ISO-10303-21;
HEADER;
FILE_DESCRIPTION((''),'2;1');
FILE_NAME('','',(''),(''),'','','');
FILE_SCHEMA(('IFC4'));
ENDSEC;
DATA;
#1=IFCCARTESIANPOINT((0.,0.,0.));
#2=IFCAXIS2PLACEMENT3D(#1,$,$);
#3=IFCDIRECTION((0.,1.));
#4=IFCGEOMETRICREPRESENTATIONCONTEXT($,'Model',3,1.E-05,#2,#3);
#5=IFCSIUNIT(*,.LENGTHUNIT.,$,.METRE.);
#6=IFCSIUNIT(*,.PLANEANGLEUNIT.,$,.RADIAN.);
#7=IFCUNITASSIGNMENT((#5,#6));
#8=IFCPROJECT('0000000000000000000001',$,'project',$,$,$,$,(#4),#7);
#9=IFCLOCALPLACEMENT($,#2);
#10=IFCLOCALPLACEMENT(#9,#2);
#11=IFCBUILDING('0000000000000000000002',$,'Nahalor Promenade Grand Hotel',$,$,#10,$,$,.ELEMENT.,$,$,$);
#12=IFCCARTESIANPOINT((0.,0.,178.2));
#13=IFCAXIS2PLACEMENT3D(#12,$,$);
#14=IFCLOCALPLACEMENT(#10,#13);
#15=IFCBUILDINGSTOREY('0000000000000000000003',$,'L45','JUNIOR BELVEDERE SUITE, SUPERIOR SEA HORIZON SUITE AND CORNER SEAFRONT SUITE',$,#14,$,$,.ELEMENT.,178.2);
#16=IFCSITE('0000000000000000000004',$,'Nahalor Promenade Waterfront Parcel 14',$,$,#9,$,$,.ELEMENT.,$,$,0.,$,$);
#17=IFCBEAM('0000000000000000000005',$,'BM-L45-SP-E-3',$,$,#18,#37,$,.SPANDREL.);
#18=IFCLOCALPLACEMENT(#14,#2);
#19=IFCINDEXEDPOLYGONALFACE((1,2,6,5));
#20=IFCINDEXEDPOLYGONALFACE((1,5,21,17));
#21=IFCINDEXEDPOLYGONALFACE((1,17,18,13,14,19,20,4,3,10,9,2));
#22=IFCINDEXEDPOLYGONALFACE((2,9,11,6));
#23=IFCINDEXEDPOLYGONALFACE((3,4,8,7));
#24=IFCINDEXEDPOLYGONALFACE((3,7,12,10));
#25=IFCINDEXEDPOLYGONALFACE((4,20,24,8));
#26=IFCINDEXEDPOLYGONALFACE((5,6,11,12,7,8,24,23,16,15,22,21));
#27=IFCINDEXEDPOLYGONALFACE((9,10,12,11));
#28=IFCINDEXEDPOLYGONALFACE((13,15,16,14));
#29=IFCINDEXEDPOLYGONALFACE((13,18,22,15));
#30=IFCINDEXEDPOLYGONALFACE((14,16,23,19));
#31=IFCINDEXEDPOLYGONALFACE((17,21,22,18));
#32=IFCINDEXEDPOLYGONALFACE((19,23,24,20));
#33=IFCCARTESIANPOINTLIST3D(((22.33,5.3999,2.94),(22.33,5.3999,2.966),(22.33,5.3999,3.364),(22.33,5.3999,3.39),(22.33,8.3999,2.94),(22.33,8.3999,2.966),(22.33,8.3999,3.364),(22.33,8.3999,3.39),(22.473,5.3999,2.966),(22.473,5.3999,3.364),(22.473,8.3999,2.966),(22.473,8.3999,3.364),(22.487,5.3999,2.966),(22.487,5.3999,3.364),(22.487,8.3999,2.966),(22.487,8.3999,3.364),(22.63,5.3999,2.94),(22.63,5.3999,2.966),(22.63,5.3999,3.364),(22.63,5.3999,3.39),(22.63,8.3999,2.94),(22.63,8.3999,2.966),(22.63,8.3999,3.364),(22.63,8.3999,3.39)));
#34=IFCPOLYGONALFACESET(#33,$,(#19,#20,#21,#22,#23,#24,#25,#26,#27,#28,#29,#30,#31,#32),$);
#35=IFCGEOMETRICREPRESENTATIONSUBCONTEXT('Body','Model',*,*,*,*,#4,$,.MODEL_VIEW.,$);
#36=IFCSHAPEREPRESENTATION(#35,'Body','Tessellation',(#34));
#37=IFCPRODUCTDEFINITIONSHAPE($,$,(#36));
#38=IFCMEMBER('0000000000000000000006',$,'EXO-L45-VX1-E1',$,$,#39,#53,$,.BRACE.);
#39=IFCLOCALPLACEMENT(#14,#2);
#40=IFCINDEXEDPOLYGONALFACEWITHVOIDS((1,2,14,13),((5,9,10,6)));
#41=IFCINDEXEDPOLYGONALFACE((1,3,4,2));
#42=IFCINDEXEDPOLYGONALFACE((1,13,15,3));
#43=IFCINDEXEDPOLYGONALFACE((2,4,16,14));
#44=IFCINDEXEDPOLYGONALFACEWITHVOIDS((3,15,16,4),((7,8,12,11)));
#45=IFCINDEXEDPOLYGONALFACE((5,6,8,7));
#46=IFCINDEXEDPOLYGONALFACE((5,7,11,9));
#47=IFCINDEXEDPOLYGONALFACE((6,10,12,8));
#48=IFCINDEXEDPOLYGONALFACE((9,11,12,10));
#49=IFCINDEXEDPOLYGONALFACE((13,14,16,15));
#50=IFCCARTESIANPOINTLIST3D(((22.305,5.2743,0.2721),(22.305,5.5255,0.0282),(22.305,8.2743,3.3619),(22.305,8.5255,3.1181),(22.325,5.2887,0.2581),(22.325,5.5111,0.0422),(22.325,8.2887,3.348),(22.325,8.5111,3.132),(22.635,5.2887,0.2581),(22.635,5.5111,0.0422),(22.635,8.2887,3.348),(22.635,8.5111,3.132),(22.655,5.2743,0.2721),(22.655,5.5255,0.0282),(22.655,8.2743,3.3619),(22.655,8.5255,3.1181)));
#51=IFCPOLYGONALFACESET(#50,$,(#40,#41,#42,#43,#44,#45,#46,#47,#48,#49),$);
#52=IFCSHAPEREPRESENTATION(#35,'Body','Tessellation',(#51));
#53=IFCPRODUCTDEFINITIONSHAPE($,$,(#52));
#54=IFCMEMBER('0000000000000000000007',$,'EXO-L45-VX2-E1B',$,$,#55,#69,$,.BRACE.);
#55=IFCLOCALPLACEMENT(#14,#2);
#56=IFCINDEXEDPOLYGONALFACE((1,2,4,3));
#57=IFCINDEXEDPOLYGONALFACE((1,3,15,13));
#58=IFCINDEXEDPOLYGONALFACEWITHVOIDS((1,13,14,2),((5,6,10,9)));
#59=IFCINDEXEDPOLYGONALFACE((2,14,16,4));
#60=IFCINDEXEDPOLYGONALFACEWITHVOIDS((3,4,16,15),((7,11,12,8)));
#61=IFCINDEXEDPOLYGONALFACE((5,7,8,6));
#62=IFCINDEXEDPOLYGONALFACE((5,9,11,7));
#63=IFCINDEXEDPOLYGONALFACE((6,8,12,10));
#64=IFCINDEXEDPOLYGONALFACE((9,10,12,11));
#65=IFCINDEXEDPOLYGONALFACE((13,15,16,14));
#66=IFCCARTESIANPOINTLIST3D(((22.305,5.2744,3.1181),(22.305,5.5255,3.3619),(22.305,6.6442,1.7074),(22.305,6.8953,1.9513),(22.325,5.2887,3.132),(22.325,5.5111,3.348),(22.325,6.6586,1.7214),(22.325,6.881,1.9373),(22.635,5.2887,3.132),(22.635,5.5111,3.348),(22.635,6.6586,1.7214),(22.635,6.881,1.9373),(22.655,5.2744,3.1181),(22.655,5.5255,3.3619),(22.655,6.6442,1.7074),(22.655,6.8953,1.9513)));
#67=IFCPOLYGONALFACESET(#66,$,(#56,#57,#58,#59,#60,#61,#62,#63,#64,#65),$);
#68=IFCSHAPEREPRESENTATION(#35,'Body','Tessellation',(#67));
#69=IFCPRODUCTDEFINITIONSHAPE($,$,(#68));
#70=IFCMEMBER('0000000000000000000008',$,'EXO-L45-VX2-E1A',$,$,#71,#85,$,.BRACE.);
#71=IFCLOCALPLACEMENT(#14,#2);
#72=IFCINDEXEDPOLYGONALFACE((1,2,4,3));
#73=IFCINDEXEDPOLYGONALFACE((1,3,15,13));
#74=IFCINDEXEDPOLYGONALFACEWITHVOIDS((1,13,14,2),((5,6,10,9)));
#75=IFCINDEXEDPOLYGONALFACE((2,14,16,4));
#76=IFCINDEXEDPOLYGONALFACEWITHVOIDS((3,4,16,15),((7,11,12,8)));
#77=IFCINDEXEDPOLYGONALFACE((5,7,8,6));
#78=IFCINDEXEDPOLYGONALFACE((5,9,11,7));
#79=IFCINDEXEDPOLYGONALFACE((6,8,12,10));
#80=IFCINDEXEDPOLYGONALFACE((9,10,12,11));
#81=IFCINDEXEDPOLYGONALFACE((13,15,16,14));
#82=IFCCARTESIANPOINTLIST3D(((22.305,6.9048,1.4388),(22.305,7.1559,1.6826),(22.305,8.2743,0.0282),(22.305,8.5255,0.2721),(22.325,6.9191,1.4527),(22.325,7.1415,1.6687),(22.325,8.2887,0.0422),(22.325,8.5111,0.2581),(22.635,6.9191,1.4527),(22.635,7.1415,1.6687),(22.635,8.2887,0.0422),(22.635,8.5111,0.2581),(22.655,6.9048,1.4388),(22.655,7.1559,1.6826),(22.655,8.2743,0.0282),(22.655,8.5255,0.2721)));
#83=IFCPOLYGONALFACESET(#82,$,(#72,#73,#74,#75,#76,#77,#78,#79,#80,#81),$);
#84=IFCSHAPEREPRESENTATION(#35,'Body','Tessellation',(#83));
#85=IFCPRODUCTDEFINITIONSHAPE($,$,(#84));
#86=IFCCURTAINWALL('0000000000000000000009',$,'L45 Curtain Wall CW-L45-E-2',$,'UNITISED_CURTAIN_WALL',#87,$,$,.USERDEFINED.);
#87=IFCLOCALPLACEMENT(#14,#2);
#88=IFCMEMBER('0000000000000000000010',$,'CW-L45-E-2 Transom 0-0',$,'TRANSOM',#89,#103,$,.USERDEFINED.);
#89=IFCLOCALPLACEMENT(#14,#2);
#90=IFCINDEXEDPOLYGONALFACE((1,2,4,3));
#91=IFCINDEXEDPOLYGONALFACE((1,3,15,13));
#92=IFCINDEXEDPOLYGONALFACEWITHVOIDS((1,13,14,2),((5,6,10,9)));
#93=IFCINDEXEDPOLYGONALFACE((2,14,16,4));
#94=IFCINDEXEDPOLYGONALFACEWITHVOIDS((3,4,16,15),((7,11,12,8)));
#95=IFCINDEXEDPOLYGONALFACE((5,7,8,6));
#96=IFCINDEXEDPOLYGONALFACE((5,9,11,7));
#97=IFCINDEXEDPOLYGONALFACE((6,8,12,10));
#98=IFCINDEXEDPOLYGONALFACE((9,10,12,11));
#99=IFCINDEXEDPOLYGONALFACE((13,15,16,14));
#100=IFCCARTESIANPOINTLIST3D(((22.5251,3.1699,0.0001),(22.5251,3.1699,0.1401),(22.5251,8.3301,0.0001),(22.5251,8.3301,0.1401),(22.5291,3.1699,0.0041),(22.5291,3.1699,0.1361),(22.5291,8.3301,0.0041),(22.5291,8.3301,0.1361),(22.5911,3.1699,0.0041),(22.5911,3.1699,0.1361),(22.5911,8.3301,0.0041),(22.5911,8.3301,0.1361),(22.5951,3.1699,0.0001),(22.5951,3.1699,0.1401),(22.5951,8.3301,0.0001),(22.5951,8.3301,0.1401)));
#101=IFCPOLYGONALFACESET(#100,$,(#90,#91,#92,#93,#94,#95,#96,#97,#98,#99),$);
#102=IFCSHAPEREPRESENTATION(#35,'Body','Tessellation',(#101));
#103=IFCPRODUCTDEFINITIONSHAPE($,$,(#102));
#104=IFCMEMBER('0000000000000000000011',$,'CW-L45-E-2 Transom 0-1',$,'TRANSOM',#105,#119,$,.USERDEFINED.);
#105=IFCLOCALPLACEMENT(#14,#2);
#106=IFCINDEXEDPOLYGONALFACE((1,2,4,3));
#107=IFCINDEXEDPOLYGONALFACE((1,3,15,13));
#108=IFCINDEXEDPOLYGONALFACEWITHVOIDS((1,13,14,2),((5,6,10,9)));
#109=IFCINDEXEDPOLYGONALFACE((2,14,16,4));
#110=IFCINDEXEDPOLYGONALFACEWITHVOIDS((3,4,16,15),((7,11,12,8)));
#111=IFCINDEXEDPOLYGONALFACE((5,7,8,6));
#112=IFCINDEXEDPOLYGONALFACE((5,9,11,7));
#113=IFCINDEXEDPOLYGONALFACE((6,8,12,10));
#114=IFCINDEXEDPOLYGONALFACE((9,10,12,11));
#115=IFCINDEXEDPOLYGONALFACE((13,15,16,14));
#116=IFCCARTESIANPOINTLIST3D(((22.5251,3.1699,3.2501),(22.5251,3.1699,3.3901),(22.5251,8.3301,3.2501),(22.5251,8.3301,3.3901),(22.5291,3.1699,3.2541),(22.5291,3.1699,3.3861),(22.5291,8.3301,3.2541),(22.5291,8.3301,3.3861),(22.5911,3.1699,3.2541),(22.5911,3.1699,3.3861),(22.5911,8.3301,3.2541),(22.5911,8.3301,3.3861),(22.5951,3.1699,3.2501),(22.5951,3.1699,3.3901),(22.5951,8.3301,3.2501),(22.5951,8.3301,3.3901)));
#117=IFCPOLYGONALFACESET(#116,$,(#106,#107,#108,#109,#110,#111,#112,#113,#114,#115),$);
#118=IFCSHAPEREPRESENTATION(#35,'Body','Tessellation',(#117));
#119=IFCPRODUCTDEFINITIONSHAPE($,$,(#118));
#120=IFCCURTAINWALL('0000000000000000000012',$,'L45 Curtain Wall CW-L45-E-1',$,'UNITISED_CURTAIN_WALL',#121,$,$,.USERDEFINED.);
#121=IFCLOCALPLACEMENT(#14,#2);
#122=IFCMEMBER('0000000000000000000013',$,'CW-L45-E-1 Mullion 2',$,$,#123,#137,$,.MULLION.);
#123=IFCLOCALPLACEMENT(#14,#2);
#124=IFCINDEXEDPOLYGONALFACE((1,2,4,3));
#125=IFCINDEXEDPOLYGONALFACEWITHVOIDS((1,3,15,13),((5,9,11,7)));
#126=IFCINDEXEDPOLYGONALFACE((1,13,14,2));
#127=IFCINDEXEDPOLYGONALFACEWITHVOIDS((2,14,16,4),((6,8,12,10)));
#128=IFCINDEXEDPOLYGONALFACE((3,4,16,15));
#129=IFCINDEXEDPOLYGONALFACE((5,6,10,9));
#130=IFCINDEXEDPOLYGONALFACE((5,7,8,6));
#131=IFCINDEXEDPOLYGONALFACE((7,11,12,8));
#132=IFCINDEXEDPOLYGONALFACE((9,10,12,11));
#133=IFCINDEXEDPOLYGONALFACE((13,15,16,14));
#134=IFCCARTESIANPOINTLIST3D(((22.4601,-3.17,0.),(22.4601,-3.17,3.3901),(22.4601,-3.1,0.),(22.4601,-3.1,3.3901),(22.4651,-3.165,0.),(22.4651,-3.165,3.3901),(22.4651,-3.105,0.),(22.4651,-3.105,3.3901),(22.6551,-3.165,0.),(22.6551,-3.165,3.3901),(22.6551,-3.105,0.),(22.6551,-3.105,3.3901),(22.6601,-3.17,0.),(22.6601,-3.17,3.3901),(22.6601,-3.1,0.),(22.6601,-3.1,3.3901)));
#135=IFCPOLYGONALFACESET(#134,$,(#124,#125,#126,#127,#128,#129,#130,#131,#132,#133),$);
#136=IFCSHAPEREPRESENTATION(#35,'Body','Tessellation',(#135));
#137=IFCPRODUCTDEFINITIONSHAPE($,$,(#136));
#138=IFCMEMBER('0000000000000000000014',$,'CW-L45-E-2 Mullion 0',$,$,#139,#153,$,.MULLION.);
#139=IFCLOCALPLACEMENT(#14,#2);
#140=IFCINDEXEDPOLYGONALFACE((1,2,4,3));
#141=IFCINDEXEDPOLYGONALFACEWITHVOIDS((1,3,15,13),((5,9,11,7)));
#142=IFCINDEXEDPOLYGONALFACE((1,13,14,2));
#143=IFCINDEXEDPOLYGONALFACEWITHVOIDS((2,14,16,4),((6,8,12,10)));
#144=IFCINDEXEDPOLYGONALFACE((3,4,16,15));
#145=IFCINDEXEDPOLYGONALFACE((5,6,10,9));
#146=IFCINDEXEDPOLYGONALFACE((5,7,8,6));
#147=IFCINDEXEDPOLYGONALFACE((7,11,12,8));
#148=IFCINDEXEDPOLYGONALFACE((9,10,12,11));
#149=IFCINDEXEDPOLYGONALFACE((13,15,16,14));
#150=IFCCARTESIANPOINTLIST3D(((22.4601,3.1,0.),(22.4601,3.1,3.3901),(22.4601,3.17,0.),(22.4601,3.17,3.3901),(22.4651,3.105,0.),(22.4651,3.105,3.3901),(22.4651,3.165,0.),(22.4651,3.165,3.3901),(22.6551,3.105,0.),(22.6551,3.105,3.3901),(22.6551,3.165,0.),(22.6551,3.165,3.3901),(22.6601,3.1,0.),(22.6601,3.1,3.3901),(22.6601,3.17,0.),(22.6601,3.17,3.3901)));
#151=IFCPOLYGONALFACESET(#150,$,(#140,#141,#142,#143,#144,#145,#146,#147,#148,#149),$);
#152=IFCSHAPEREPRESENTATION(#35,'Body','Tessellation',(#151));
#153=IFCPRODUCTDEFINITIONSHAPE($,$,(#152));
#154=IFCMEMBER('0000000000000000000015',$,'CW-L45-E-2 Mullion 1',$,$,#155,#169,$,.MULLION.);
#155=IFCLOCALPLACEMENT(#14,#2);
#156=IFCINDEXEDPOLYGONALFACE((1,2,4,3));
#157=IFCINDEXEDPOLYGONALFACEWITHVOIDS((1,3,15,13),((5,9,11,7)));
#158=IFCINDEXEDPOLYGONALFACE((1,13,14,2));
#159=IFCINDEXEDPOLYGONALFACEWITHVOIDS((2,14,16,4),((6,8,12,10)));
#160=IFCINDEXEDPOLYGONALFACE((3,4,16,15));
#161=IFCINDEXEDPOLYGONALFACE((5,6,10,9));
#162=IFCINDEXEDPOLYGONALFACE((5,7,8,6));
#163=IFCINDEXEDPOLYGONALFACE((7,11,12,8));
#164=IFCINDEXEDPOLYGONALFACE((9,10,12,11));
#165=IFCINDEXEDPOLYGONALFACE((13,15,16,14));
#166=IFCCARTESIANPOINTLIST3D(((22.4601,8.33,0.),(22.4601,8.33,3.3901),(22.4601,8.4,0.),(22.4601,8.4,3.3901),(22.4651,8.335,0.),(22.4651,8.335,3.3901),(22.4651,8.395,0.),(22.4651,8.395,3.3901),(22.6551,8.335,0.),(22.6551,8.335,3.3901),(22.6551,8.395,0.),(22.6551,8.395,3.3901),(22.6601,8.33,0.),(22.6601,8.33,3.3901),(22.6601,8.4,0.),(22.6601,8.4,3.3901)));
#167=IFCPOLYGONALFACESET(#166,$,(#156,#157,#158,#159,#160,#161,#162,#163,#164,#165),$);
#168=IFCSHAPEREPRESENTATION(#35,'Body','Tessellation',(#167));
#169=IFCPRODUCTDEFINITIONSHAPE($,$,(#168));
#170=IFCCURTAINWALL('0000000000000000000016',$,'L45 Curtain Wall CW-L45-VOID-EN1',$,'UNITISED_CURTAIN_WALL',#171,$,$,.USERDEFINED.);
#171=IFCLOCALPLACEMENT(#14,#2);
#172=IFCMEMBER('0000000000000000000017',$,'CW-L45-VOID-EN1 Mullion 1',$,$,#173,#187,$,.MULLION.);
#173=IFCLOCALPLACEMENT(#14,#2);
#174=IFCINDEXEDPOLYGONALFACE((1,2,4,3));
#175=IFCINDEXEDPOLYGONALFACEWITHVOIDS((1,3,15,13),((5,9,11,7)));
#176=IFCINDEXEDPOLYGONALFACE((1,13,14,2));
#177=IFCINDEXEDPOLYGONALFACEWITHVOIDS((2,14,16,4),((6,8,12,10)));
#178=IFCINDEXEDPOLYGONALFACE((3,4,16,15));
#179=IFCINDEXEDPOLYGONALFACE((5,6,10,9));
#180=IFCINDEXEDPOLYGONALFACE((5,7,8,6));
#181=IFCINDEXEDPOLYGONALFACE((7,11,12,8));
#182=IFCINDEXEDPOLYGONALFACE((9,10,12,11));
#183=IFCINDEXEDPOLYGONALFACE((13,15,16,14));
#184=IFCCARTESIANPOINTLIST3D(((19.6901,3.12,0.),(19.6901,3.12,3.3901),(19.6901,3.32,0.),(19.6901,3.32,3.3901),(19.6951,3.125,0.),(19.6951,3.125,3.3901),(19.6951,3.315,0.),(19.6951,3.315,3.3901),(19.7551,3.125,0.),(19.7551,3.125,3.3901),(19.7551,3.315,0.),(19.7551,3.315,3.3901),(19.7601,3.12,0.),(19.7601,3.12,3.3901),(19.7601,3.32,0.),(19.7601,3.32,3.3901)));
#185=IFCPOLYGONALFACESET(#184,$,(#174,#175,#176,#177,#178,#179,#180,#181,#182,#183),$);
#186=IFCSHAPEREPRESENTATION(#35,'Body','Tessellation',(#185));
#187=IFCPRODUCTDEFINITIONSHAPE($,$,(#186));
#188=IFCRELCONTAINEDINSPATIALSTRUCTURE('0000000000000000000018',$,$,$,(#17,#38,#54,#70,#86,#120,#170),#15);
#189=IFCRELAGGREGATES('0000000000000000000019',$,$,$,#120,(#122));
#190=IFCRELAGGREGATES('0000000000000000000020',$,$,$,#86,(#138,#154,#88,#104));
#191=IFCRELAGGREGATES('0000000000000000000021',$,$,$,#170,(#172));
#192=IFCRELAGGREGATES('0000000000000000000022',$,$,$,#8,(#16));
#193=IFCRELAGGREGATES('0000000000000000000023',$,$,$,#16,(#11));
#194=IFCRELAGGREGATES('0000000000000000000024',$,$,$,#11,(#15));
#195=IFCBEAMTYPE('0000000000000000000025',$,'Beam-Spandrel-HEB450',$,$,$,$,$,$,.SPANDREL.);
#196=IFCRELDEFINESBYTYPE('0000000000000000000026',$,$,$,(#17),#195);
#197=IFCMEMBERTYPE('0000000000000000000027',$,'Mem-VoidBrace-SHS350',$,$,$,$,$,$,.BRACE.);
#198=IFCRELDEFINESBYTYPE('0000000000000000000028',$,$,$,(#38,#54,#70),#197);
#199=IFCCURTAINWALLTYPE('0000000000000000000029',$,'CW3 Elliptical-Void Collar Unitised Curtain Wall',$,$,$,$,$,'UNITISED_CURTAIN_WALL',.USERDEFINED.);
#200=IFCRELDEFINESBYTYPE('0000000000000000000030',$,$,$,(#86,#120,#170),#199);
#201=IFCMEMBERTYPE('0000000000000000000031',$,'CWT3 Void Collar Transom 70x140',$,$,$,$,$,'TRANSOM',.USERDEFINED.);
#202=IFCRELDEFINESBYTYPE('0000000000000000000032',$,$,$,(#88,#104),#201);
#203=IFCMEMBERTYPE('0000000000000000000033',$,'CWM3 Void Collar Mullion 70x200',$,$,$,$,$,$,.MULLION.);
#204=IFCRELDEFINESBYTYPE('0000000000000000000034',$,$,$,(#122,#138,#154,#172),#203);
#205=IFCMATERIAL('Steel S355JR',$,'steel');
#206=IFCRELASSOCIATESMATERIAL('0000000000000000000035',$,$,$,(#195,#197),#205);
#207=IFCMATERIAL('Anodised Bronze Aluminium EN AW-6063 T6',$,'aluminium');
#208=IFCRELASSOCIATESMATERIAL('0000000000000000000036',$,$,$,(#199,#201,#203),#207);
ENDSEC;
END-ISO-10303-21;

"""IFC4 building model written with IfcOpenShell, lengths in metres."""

from ifc_helpers import new_model, si_unit, direction, frame, origin, origin_2d, place, context, subcontext, project, spatial, hollow_rectangle, i_section, extrude, source, transform, mapped, material, material_profile, profile_set, type_object, element, aggregate, save


model = new_model("IFC4")

# Units and contexts
model_context = context("Model", 3, precision=1e-05, world=origin(), true_north=direction((0.0, 1.0)))
body_context = subcontext(model_context, "Body", "Model", "MODEL_VIEW")
ifc_project = project(units=[si_unit("LENGTHUNIT", "METRE"), si_unit("PLANEANGLEUNIT", "RADIAN")], contexts=[model_context])

# Site, building, storey
site_placement = place(None, origin())
site = spatial("IfcSite", under=ifc_project, at=site_placement, Name="Nahalor Promenade Waterfront Parcel 14", CompositionType="ELEMENT", RefElevation=0.0)
building_placement = place(site_placement, origin())
building = spatial("IfcBuilding", under=site, at=building_placement, Name="Nahalor Promenade Grand Hotel", CompositionType="ELEMENT")
storey_placement = place(building_placement, frame((0.0, 0.0, 178.2)))
storey = spatial("IfcBuildingStorey", under=building, at=storey_placement, Name="L45", Description="JUNIOR BELVEDERE SUITE, SUPERIOR SEA HORIZON SUITE AND CORNER SEAFRONT SUITE", CompositionType="ELEMENT", Elevation=178.2)

# Beam
ifc_material_1 = material(Name="Steel S355JR", Category="steel")
ifc_material_profile_1 = material_profile(ifc_material_1, i_section(OverallWidth=0.3, OverallDepth=0.45, WebThickness=0.014, FlangeThickness=0.026, at=origin_2d()), Name="HEB 450")
ifc_profile_set_1 = profile_set([ifc_material_profile_1], Name="Steel S355JR")
beam_type_1 = type_object("IfcBeamType", Name="Beam-Spandrel-HEB450", PredefinedType="SPANDREL", material=ifc_profile_set_1)
shared_shape_1 = source(origin(), body_context, "Body", "SweptSolid", [
    extrude(i_section(OverallWidth=0.3, OverallDepth=0.45, WebThickness=0.014, FlangeThickness=0.026, at=origin_2d()), origin(), (0.0, 0.0, 1.0), 3.0),
])
beam_1_placement = place(storey_placement, frame((22.48, 5.3999, 3.165), z_axis=(0.0, 1.0, 0.0), x_axis=(-1.0, 0.0, 0.0)))
element("IfcBeam", 1, at=beam_1_placement, inside=storey, type_object=beam_type_1, Name="BM-L45-SP-E-3", PredefinedType="SPANDREL", context=body_context, shape_type="MappedRepresentation", body=[
    mapped(shared_shape_1, transform((0.0, 0.0, 0.0), scale=1.0)),
])

# Members
ifc_material_profile_2 = material_profile(ifc_material_1, hollow_rectangle(XDim=0.35, YDim=0.35, WallThickness=0.02, at=origin_2d()), Name="SHS 350x350x20")
ifc_profile_set_2 = profile_set([ifc_material_profile_2], Name="Steel S355JR")
member_type_1 = type_object("IfcMemberType", Name="Mem-VoidBrace-SHS350", PredefinedType="BRACE", material=ifc_profile_set_2)
shared_shape_2 = source(origin(), body_context, "Body", "SweptSolid", [
    extrude(hollow_rectangle(XDim=0.35, YDim=0.35, WallThickness=0.02, at=origin_2d()), origin(), (0.0, 0.0, 1.0), 4.3066),
])
member_1_placement = place(storey_placement, frame((22.48, 5.3999, 0.1501), z_axis=(0.0, 0.696599, 0.717461), x_axis=(-1.0, 0.0, 0.0)))
element("IfcMember", 2, at=member_1_placement, inside=storey, type_object=member_type_1, Name="EXO-L45-VX1-E1", PredefinedType="BRACE", context=body_context, shape_type="MappedRepresentation", body=[
    mapped(shared_shape_2, transform((0.0, 0.0, 0.0), scale=1.0)),
])
shared_shape_3 = source(origin(), body_context, "Body", "SweptSolid", [
    extrude(hollow_rectangle(XDim=0.35, YDim=0.35, WallThickness=0.02, at=origin_2d()), origin(), (0.0, 0.0, 1.0), 1.9663),
])
member_2_placement = place(storey_placement, frame((22.48, 6.7698, 1.8293), z_axis=(0.0, -0.696663, 0.717398), x_axis=(1.0, 0.0, 0.0)))
element("IfcMember", 3, at=member_2_placement, inside=storey, type_object=member_type_1, Name="EXO-L45-VX2-E1B", PredefinedType="BRACE", context=body_context, shape_type="MappedRepresentation", body=[
    mapped(shared_shape_3, transform((0.0, 0.0, 0.0), scale=1.0)),
])
shared_shape_4 = source(origin(), body_context, "Body", "SweptSolid", [
    extrude(hollow_rectangle(XDim=0.35, YDim=0.35, WallThickness=0.02, at=origin_2d()), origin(), (0.0, 0.0, 1.0), 1.9661),
])
member_3_placement = place(storey_placement, frame((22.48, 8.3999, 0.1501), z_axis=(0.0, -0.696599, 0.71746), x_axis=(1.0, 0.0, 0.0)))
element("IfcMember", 4, at=member_3_placement, inside=storey, type_object=member_type_1, Name="EXO-L45-VX2-E1A", PredefinedType="BRACE", context=body_context, shape_type="MappedRepresentation", body=[
    mapped(shared_shape_4, transform((0.0, 0.0, 0.0), scale=1.0)),
])

# Curtain wall, members
ifc_material_2 = material(Name="Anodised Bronze Aluminium EN AW-6063 T6", Category="aluminium")
curtain_wall_type = type_object("IfcCurtainWallType", Name="CW3 Elliptical-Void Collar Unitised Curtain Wall", ElementType="UNITISED_CURTAIN_WALL", PredefinedType="USERDEFINED", material=ifc_material_2)
curtain_wall_1_placement = place(storey_placement, origin())
curtain_wall_1 = element("IfcCurtainWall", 5, at=curtain_wall_1_placement, inside=storey, type_object=curtain_wall_type, Name="L45 Curtain Wall CW-L45-E-2", ObjectType="UNITISED_CURTAIN_WALL", PredefinedType="USERDEFINED")
ifc_material_profile_3 = material_profile(ifc_material_2, hollow_rectangle(XDim=0.07, YDim=0.14, WallThickness=0.004, at=origin_2d()), Name="CWT 70x140x4")
ifc_profile_set_3 = profile_set([ifc_material_profile_3], Name="Anodised Bronze Aluminium EN AW-6063 T6")
member_type_2 = type_object("IfcMemberType", Name="CWT3 Void Collar Transom 70x140", ElementType="TRANSOM", PredefinedType="USERDEFINED", material=ifc_profile_set_3)
shared_shape_5 = source(origin(), body_context, "Body", "SweptSolid", [
    extrude(hollow_rectangle(XDim=0.07, YDim=0.14, WallThickness=0.004, at=origin_2d()), origin(), (0.0, 0.0, 1.0), 5.1602),
])
member_4_placement = place(storey_placement, frame((22.5601, 3.1699, 0.0701), z_axis=(0.0, 1.0, 0.0), x_axis=(-1.0, 0.0, 0.0)))
member_4 = element("IfcMember", 6, at=member_4_placement, type_object=member_type_2, Name="CW-L45-E-2 Transom 0-0", ObjectType="TRANSOM", PredefinedType="USERDEFINED", context=body_context, shape_type="MappedRepresentation", body=[
    mapped(shared_shape_5, transform((0.0, 0.0, 0.0), scale=1.0)),
])
member_5_placement = place(storey_placement, frame((22.5601, 3.1699, 3.3201), z_axis=(0.0, 1.0, 0.0), x_axis=(-1.0, 0.0, 0.0)))
member_5 = element("IfcMember", 7, at=member_5_placement, type_object=member_type_2, Name="CW-L45-E-2 Transom 0-1", ObjectType="TRANSOM", PredefinedType="USERDEFINED", context=body_context, shape_type="MappedRepresentation", body=[
    mapped(shared_shape_5, transform((0.0, 0.0, 0.0), scale=1.0)),
])

# Curtain wall, member
curtain_wall_2_placement = place(storey_placement, origin())
curtain_wall_2 = element("IfcCurtainWall", 8, at=curtain_wall_2_placement, inside=storey, type_object=curtain_wall_type, Name="L45 Curtain Wall CW-L45-E-1", ObjectType="UNITISED_CURTAIN_WALL", PredefinedType="USERDEFINED")
ifc_material_profile_4 = material_profile(ifc_material_2, hollow_rectangle(XDim=0.07, YDim=0.2, WallThickness=0.005, at=origin_2d()), Name="CWM 70x200x5")
ifc_profile_set_4 = profile_set([ifc_material_profile_4], Name="Anodised Bronze Aluminium EN AW-6063 T6")
member_type_3 = type_object("IfcMemberType", Name="CWM3 Void Collar Mullion 70x200", PredefinedType="MULLION", material=ifc_profile_set_4)
shared_shape_6 = source(origin(), body_context, "Body", "SweptSolid", [
    extrude(hollow_rectangle(XDim=0.07, YDim=0.2, WallThickness=0.005, at=origin_2d()), origin(), (0.0, 0.0, 1.0), 3.3901),
])
member_6_placement = place(storey_placement, frame((22.5601, -3.135, 0.0), z_axis=(0.0, 0.0, 1.0), x_axis=(0.0, 1.0, 0.0)))
member_6 = element("IfcMember", 9, at=member_6_placement, type_object=member_type_3, Name="CW-L45-E-1 Mullion 2", PredefinedType="MULLION", context=body_context, shape_type="MappedRepresentation", body=[
    mapped(shared_shape_6, transform((0.0, 0.0, 0.0), scale=1.0)),
])
aggregate(curtain_wall_2, [member_6])

# Members
member_7_placement = place(storey_placement, frame((22.5601, 3.135, 0.0), z_axis=(0.0, 0.0, 1.0), x_axis=(0.0, 1.0, 0.0)))
member_7 = element("IfcMember", 10, at=member_7_placement, type_object=member_type_3, Name="CW-L45-E-2 Mullion 0", PredefinedType="MULLION", context=body_context, shape_type="MappedRepresentation", body=[
    mapped(shared_shape_6, transform((0.0, 0.0, 0.0), scale=1.0)),
])
member_8_placement = place(storey_placement, frame((22.5601, 8.365, 0.0), z_axis=(0.0, 0.0, 1.0), x_axis=(0.0, 1.0, 0.0)))
member_8 = element("IfcMember", 11, at=member_8_placement, type_object=member_type_3, Name="CW-L45-E-2 Mullion 1", PredefinedType="MULLION", context=body_context, shape_type="MappedRepresentation", body=[
    mapped(shared_shape_6, transform((0.0, 0.0, 0.0), scale=1.0)),
])

# Curtain wall, member
curtain_wall_3_placement = place(storey_placement, origin())
curtain_wall_3 = element("IfcCurtainWall", 12, at=curtain_wall_3_placement, inside=storey, type_object=curtain_wall_type, Name="L45 Curtain Wall CW-L45-VOID-EN1", ObjectType="UNITISED_CURTAIN_WALL", PredefinedType="USERDEFINED")
member_9_placement = place(storey_placement, frame((19.7251, 3.22, 0.0), z_axis=(0.0, 0.0, 1.0), x_axis=(1.0, 0.0, 0.0)))
member_9 = element("IfcMember", 13, at=member_9_placement, type_object=member_type_3, Name="CW-L45-VOID-EN1 Mullion 1", PredefinedType="MULLION", context=body_context, shape_type="MappedRepresentation", body=[
    mapped(shared_shape_6, transform((0.0, 0.0, 0.0), scale=1.0)),
])

aggregate(curtain_wall_1, [member_7, member_8, member_4, member_5])
aggregate(curtain_wall_3, [member_9])

save(model, "model.ifc")
